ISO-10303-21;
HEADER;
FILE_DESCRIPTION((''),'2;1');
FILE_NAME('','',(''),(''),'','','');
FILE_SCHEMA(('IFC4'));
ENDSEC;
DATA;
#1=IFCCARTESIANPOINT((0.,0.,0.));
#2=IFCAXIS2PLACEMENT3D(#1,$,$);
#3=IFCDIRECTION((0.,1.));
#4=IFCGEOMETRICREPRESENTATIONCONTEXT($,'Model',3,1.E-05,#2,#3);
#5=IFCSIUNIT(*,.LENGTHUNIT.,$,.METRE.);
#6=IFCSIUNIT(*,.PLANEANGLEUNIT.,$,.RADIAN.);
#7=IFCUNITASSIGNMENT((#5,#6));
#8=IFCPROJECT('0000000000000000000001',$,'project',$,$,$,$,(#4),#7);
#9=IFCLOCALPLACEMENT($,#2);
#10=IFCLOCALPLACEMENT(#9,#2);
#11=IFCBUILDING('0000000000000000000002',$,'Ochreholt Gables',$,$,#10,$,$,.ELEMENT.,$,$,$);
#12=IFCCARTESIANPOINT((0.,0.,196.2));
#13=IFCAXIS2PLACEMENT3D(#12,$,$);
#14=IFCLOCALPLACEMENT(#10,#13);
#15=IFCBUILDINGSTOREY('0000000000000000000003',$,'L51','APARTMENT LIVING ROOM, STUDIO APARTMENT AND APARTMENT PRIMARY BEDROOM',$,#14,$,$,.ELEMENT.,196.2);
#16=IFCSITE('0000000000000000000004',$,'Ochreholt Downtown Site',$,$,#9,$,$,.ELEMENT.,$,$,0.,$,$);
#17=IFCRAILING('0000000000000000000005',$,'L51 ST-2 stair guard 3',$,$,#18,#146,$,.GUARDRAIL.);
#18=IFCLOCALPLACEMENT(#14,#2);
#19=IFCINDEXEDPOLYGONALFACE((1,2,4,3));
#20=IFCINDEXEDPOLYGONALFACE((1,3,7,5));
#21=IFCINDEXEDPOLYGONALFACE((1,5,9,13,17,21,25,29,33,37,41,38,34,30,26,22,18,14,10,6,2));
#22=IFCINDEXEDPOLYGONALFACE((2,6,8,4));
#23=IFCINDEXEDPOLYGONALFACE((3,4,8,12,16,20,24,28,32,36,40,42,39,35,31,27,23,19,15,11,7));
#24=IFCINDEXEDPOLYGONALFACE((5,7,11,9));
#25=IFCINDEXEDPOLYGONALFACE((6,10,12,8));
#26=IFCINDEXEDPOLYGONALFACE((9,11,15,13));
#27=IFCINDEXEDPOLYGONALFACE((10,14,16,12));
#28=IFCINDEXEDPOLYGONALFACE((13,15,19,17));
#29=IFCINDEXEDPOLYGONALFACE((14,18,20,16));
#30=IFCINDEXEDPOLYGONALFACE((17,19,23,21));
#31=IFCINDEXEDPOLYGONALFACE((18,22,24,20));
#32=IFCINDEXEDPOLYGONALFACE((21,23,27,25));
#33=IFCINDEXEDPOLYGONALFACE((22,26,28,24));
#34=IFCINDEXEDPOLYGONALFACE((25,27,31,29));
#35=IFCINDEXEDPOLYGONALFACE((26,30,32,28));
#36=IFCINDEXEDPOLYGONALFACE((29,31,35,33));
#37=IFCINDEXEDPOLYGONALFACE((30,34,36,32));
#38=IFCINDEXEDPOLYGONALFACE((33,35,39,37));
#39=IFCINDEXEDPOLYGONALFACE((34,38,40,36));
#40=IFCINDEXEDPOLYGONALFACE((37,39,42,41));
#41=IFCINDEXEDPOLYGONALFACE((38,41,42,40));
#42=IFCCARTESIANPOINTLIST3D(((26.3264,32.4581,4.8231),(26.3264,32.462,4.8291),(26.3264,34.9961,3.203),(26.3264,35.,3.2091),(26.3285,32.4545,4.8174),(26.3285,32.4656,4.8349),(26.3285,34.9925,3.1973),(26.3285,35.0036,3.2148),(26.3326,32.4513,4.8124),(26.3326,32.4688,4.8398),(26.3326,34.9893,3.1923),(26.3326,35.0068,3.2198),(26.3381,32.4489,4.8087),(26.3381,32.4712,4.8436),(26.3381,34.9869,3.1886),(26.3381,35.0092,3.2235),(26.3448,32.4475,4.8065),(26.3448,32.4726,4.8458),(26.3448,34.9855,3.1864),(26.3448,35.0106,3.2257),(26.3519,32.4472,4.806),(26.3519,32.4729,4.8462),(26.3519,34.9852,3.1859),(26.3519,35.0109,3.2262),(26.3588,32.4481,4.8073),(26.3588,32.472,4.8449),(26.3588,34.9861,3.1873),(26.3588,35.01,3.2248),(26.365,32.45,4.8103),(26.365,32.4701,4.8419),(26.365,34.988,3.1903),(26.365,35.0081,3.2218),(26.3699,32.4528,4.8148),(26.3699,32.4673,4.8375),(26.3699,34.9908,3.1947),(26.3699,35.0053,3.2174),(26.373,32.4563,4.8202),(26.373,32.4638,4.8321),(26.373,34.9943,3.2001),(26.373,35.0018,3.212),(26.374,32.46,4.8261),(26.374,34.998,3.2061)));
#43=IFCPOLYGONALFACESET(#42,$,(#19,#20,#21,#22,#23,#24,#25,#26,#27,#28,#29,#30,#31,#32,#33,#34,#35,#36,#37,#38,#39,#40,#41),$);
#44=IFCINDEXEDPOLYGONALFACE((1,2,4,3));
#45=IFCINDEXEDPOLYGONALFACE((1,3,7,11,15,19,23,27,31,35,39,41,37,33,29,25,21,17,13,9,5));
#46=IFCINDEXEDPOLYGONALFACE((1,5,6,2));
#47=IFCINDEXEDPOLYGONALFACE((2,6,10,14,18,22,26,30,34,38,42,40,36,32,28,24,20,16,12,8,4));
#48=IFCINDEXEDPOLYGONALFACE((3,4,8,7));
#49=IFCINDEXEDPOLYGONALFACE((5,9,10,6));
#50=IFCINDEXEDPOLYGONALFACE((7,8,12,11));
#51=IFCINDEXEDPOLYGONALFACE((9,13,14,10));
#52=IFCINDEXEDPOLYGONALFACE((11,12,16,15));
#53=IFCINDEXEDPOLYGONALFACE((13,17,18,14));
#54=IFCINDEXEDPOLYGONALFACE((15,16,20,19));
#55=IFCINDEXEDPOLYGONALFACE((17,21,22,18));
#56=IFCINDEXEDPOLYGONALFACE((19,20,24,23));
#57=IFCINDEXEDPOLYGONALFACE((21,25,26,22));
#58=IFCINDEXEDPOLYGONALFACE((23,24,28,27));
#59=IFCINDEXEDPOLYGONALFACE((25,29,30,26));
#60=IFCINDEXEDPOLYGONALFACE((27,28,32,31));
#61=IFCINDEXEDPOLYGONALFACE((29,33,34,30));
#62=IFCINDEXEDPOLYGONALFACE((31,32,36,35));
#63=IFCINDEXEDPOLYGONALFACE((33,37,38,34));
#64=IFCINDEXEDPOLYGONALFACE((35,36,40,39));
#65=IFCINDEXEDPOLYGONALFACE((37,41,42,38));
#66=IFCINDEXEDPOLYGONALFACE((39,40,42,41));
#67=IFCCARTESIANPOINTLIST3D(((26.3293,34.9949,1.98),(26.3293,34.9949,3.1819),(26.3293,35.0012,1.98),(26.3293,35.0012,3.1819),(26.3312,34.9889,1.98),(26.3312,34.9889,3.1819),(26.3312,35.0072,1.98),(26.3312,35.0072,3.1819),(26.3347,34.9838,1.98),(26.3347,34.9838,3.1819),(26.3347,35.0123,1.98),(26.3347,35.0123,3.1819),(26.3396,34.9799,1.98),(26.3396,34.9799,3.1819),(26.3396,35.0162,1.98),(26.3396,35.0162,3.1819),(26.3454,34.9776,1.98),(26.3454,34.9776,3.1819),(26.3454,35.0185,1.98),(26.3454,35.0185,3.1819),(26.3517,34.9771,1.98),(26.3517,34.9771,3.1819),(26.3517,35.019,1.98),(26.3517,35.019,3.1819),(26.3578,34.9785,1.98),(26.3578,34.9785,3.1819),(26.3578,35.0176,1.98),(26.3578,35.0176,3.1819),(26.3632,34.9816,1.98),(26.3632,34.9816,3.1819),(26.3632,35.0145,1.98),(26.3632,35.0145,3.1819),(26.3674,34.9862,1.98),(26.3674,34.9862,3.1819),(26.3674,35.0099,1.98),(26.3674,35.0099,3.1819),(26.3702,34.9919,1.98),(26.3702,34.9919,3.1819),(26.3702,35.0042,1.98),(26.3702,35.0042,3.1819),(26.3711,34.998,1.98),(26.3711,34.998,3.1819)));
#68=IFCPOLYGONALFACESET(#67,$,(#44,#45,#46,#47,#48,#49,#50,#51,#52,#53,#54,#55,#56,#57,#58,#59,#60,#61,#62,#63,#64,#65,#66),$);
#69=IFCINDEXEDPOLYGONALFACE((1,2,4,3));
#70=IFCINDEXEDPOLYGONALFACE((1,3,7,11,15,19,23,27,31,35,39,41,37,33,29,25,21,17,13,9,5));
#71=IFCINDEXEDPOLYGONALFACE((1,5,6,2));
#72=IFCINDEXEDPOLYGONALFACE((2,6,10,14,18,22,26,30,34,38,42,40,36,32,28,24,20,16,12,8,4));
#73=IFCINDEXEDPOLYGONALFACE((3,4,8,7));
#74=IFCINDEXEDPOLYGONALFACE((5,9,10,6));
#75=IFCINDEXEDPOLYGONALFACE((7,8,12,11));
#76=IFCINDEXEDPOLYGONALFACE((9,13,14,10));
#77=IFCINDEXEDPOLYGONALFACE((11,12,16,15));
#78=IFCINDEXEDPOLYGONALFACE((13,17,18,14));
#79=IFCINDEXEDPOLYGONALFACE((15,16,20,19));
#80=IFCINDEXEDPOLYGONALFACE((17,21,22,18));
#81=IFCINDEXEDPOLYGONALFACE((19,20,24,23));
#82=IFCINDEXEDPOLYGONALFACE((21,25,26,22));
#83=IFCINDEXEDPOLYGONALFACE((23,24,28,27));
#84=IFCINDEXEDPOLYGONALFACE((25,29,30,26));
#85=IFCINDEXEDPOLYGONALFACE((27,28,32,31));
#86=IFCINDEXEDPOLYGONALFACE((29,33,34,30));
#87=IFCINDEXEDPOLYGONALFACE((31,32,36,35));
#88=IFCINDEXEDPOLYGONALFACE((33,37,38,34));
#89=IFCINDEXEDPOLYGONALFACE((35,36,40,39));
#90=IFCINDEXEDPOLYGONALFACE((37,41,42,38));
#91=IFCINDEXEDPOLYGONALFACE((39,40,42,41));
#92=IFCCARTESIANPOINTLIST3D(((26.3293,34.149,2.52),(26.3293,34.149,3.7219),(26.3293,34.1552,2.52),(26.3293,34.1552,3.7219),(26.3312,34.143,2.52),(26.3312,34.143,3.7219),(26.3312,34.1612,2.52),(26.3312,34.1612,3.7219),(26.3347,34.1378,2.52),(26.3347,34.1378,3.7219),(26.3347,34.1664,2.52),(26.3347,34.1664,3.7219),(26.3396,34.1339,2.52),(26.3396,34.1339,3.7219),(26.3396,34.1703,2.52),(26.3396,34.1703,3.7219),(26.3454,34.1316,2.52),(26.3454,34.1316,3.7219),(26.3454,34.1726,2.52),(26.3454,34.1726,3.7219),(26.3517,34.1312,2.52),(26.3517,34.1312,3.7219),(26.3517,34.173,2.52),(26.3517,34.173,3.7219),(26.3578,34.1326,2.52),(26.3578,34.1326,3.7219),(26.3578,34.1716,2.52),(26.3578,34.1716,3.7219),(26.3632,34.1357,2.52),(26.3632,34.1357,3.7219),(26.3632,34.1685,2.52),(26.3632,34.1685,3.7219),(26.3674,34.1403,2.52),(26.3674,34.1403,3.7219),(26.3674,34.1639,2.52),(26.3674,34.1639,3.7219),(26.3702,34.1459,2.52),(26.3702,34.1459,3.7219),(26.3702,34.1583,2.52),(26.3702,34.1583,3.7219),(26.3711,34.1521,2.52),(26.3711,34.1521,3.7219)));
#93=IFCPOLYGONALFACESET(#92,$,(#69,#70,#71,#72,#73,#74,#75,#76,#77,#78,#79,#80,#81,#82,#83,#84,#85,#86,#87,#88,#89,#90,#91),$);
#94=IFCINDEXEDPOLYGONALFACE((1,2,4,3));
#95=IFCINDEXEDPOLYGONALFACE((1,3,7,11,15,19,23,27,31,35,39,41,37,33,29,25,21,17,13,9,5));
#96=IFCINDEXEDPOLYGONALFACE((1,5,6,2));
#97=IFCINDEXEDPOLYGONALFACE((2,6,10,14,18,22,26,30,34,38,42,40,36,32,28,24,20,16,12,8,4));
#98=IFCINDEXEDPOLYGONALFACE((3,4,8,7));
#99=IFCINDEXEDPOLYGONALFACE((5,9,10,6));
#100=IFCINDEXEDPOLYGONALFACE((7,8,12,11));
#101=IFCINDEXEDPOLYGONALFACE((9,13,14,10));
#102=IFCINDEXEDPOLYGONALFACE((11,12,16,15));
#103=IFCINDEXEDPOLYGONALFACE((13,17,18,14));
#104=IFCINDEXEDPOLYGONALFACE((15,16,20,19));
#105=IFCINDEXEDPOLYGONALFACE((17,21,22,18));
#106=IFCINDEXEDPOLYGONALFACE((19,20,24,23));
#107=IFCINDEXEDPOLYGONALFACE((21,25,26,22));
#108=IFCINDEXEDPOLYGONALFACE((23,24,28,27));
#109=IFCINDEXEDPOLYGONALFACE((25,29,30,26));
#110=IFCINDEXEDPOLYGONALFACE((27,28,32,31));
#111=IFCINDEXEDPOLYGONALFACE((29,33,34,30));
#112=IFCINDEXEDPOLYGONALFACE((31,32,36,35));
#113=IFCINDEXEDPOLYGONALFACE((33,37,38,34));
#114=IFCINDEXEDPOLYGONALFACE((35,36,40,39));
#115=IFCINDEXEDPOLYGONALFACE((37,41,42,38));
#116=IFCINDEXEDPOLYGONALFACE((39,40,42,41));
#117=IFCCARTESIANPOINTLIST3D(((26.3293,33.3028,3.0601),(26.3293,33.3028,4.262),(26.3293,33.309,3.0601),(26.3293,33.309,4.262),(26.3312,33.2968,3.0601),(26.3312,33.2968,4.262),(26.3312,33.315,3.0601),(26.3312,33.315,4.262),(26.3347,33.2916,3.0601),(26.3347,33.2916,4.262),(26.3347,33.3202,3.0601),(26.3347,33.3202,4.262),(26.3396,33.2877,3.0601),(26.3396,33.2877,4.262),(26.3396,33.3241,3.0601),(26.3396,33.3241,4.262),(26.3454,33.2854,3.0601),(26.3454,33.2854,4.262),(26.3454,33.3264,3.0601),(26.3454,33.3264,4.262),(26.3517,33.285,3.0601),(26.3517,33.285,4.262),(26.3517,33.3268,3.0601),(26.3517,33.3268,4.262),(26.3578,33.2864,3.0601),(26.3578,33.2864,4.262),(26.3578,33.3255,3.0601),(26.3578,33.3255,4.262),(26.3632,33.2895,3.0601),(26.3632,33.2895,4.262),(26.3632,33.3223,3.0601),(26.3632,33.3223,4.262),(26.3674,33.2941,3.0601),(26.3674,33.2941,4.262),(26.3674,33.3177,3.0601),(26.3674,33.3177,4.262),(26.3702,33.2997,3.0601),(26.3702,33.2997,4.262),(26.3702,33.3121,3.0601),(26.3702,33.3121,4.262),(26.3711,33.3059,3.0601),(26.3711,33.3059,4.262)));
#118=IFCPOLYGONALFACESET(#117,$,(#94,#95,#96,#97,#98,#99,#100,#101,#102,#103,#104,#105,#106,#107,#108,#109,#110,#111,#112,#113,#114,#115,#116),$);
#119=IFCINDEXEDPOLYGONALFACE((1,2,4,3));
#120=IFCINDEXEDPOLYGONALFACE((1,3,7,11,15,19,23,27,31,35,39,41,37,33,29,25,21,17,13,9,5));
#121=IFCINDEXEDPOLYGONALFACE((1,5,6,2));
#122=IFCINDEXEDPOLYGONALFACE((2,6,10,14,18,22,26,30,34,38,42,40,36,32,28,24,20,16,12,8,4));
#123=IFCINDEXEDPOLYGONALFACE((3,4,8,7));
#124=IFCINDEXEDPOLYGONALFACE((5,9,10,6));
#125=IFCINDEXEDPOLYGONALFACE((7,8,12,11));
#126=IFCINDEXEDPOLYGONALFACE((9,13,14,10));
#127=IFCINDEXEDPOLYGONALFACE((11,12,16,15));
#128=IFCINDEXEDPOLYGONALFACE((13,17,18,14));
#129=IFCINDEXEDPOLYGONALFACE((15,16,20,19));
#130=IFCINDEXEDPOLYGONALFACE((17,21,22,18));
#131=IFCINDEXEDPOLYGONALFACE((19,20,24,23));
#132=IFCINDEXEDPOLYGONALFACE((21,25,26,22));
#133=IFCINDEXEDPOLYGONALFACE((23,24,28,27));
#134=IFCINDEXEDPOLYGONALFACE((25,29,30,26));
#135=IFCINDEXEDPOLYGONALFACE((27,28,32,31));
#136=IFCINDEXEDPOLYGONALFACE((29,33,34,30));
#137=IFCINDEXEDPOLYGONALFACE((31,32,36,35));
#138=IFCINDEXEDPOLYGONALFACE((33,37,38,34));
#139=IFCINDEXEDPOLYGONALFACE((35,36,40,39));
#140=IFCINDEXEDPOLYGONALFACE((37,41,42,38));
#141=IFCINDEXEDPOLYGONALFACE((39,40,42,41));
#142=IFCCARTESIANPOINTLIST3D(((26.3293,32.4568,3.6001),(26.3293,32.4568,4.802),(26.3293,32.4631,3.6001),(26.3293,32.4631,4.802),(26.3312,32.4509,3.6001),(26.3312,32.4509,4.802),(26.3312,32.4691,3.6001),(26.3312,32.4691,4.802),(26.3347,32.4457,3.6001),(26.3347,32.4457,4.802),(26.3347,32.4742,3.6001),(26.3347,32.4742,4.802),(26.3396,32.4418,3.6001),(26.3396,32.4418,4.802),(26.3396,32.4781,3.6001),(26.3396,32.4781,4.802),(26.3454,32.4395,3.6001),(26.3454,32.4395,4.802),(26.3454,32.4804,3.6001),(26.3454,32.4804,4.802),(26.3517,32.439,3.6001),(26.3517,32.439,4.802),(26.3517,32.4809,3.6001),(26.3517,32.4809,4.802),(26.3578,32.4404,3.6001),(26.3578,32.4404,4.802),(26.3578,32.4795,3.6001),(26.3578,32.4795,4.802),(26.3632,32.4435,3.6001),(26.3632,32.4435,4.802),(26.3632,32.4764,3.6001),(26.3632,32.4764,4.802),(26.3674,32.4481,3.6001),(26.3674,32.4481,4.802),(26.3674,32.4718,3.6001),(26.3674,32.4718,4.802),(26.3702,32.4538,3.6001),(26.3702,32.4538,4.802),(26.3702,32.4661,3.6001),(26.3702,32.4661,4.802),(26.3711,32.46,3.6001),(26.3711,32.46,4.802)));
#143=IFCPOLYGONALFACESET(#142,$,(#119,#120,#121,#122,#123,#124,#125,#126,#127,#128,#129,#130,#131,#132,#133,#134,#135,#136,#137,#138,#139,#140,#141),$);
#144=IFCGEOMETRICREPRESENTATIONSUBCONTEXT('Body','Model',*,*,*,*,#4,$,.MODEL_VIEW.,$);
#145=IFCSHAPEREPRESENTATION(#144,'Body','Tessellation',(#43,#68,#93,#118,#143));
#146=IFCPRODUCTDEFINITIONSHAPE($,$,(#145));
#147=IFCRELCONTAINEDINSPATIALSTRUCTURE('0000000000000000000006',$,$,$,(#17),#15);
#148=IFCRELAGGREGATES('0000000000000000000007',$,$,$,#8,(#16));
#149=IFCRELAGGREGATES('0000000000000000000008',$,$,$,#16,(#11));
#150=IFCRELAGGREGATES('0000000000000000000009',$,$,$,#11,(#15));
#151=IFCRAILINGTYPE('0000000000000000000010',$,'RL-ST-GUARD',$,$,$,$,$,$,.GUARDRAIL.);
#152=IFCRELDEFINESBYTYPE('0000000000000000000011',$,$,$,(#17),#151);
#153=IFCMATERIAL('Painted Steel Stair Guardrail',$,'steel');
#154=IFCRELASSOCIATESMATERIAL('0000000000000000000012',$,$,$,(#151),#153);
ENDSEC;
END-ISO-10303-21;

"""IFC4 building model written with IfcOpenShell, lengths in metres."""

from ifc_helpers import new_model, si_unit, direction, frame, origin, origin_2d, place, context, subcontext, project, spatial, circle, extrude, material, type_object, element, save


model = new_model("IFC4")

# Units and contexts
model_context = context("Model", 3, precision=1e-05, world=origin(), true_north=direction((0.0, 1.0)))
body_context = subcontext(model_context, "Body", "Model", "MODEL_VIEW")
ifc_project = project(units=[si_unit("LENGTHUNIT", "METRE"), si_unit("PLANEANGLEUNIT", "RADIAN")], contexts=[model_context])

# Site, building, storey
site_placement = place(None, origin())
site = spatial("IfcSite", under=ifc_project, at=site_placement, Name="Ochreholt Downtown Site", CompositionType="ELEMENT", RefElevation=0.0)
building_placement = place(site_placement, origin())
building = spatial("IfcBuilding", under=site, at=building_placement, Name="Ochreholt Gables", CompositionType="ELEMENT")
storey_placement = place(building_placement, frame((0.0, 0.0, 196.2)))
storey = spatial("IfcBuildingStorey", under=building, at=storey_placement, Name="L51", Description="APARTMENT LIVING ROOM, STUDIO APARTMENT AND APARTMENT PRIMARY BEDROOM", CompositionType="ELEMENT", Elevation=196.2)

# Railing
ifc_material_1 = material(Name="Painted Steel Stair Guardrail", Category="steel")
railing_type_1 = type_object("IfcRailingType", Name="RL-ST-GUARD", PredefinedType="GUARDRAIL", material=ifc_material_1)
railing_1_placement = place(storey_placement, frame((26.3501, 34.998, 1.98)))
element("IfcRailing", 1, at=railing_1_placement, inside=storey, type_object=railing_type_1, Name="L51 ST-2 stair guard 3", PredefinedType="GUARDRAIL", context=body_context, shape_type="SweptSolid", body=[
    extrude(circle(Radius=0.0239, at=origin_2d()), frame((0.0, 0.0, 1.2261), z_axis=(0.0, -0.842913, 0.53805), x_axis=(1.0, 0.0, 0.0)), (0.0, 0.0, 1.0), 3.011),
    extrude(circle(Radius=0.021, at=origin_2d()), origin(), (0.0, 0.0, 1.0), 1.2019),
    extrude(circle(Radius=0.021, at=origin_2d()), frame((0.0, -0.8459, 0.54)), (0.0, 0.0, 1.0), 1.2019),
    extrude(circle(Radius=0.021, at=origin_2d()), frame((0.0, -1.6921, 1.0801)), (0.0, 0.0, 1.0), 1.2019),
    extrude(circle(Radius=0.021, at=origin_2d()), frame((0.0, -2.5381, 1.6201)), (0.0, 0.0, 1.0), 1.2019),
])

save(model, "model.ifc")
